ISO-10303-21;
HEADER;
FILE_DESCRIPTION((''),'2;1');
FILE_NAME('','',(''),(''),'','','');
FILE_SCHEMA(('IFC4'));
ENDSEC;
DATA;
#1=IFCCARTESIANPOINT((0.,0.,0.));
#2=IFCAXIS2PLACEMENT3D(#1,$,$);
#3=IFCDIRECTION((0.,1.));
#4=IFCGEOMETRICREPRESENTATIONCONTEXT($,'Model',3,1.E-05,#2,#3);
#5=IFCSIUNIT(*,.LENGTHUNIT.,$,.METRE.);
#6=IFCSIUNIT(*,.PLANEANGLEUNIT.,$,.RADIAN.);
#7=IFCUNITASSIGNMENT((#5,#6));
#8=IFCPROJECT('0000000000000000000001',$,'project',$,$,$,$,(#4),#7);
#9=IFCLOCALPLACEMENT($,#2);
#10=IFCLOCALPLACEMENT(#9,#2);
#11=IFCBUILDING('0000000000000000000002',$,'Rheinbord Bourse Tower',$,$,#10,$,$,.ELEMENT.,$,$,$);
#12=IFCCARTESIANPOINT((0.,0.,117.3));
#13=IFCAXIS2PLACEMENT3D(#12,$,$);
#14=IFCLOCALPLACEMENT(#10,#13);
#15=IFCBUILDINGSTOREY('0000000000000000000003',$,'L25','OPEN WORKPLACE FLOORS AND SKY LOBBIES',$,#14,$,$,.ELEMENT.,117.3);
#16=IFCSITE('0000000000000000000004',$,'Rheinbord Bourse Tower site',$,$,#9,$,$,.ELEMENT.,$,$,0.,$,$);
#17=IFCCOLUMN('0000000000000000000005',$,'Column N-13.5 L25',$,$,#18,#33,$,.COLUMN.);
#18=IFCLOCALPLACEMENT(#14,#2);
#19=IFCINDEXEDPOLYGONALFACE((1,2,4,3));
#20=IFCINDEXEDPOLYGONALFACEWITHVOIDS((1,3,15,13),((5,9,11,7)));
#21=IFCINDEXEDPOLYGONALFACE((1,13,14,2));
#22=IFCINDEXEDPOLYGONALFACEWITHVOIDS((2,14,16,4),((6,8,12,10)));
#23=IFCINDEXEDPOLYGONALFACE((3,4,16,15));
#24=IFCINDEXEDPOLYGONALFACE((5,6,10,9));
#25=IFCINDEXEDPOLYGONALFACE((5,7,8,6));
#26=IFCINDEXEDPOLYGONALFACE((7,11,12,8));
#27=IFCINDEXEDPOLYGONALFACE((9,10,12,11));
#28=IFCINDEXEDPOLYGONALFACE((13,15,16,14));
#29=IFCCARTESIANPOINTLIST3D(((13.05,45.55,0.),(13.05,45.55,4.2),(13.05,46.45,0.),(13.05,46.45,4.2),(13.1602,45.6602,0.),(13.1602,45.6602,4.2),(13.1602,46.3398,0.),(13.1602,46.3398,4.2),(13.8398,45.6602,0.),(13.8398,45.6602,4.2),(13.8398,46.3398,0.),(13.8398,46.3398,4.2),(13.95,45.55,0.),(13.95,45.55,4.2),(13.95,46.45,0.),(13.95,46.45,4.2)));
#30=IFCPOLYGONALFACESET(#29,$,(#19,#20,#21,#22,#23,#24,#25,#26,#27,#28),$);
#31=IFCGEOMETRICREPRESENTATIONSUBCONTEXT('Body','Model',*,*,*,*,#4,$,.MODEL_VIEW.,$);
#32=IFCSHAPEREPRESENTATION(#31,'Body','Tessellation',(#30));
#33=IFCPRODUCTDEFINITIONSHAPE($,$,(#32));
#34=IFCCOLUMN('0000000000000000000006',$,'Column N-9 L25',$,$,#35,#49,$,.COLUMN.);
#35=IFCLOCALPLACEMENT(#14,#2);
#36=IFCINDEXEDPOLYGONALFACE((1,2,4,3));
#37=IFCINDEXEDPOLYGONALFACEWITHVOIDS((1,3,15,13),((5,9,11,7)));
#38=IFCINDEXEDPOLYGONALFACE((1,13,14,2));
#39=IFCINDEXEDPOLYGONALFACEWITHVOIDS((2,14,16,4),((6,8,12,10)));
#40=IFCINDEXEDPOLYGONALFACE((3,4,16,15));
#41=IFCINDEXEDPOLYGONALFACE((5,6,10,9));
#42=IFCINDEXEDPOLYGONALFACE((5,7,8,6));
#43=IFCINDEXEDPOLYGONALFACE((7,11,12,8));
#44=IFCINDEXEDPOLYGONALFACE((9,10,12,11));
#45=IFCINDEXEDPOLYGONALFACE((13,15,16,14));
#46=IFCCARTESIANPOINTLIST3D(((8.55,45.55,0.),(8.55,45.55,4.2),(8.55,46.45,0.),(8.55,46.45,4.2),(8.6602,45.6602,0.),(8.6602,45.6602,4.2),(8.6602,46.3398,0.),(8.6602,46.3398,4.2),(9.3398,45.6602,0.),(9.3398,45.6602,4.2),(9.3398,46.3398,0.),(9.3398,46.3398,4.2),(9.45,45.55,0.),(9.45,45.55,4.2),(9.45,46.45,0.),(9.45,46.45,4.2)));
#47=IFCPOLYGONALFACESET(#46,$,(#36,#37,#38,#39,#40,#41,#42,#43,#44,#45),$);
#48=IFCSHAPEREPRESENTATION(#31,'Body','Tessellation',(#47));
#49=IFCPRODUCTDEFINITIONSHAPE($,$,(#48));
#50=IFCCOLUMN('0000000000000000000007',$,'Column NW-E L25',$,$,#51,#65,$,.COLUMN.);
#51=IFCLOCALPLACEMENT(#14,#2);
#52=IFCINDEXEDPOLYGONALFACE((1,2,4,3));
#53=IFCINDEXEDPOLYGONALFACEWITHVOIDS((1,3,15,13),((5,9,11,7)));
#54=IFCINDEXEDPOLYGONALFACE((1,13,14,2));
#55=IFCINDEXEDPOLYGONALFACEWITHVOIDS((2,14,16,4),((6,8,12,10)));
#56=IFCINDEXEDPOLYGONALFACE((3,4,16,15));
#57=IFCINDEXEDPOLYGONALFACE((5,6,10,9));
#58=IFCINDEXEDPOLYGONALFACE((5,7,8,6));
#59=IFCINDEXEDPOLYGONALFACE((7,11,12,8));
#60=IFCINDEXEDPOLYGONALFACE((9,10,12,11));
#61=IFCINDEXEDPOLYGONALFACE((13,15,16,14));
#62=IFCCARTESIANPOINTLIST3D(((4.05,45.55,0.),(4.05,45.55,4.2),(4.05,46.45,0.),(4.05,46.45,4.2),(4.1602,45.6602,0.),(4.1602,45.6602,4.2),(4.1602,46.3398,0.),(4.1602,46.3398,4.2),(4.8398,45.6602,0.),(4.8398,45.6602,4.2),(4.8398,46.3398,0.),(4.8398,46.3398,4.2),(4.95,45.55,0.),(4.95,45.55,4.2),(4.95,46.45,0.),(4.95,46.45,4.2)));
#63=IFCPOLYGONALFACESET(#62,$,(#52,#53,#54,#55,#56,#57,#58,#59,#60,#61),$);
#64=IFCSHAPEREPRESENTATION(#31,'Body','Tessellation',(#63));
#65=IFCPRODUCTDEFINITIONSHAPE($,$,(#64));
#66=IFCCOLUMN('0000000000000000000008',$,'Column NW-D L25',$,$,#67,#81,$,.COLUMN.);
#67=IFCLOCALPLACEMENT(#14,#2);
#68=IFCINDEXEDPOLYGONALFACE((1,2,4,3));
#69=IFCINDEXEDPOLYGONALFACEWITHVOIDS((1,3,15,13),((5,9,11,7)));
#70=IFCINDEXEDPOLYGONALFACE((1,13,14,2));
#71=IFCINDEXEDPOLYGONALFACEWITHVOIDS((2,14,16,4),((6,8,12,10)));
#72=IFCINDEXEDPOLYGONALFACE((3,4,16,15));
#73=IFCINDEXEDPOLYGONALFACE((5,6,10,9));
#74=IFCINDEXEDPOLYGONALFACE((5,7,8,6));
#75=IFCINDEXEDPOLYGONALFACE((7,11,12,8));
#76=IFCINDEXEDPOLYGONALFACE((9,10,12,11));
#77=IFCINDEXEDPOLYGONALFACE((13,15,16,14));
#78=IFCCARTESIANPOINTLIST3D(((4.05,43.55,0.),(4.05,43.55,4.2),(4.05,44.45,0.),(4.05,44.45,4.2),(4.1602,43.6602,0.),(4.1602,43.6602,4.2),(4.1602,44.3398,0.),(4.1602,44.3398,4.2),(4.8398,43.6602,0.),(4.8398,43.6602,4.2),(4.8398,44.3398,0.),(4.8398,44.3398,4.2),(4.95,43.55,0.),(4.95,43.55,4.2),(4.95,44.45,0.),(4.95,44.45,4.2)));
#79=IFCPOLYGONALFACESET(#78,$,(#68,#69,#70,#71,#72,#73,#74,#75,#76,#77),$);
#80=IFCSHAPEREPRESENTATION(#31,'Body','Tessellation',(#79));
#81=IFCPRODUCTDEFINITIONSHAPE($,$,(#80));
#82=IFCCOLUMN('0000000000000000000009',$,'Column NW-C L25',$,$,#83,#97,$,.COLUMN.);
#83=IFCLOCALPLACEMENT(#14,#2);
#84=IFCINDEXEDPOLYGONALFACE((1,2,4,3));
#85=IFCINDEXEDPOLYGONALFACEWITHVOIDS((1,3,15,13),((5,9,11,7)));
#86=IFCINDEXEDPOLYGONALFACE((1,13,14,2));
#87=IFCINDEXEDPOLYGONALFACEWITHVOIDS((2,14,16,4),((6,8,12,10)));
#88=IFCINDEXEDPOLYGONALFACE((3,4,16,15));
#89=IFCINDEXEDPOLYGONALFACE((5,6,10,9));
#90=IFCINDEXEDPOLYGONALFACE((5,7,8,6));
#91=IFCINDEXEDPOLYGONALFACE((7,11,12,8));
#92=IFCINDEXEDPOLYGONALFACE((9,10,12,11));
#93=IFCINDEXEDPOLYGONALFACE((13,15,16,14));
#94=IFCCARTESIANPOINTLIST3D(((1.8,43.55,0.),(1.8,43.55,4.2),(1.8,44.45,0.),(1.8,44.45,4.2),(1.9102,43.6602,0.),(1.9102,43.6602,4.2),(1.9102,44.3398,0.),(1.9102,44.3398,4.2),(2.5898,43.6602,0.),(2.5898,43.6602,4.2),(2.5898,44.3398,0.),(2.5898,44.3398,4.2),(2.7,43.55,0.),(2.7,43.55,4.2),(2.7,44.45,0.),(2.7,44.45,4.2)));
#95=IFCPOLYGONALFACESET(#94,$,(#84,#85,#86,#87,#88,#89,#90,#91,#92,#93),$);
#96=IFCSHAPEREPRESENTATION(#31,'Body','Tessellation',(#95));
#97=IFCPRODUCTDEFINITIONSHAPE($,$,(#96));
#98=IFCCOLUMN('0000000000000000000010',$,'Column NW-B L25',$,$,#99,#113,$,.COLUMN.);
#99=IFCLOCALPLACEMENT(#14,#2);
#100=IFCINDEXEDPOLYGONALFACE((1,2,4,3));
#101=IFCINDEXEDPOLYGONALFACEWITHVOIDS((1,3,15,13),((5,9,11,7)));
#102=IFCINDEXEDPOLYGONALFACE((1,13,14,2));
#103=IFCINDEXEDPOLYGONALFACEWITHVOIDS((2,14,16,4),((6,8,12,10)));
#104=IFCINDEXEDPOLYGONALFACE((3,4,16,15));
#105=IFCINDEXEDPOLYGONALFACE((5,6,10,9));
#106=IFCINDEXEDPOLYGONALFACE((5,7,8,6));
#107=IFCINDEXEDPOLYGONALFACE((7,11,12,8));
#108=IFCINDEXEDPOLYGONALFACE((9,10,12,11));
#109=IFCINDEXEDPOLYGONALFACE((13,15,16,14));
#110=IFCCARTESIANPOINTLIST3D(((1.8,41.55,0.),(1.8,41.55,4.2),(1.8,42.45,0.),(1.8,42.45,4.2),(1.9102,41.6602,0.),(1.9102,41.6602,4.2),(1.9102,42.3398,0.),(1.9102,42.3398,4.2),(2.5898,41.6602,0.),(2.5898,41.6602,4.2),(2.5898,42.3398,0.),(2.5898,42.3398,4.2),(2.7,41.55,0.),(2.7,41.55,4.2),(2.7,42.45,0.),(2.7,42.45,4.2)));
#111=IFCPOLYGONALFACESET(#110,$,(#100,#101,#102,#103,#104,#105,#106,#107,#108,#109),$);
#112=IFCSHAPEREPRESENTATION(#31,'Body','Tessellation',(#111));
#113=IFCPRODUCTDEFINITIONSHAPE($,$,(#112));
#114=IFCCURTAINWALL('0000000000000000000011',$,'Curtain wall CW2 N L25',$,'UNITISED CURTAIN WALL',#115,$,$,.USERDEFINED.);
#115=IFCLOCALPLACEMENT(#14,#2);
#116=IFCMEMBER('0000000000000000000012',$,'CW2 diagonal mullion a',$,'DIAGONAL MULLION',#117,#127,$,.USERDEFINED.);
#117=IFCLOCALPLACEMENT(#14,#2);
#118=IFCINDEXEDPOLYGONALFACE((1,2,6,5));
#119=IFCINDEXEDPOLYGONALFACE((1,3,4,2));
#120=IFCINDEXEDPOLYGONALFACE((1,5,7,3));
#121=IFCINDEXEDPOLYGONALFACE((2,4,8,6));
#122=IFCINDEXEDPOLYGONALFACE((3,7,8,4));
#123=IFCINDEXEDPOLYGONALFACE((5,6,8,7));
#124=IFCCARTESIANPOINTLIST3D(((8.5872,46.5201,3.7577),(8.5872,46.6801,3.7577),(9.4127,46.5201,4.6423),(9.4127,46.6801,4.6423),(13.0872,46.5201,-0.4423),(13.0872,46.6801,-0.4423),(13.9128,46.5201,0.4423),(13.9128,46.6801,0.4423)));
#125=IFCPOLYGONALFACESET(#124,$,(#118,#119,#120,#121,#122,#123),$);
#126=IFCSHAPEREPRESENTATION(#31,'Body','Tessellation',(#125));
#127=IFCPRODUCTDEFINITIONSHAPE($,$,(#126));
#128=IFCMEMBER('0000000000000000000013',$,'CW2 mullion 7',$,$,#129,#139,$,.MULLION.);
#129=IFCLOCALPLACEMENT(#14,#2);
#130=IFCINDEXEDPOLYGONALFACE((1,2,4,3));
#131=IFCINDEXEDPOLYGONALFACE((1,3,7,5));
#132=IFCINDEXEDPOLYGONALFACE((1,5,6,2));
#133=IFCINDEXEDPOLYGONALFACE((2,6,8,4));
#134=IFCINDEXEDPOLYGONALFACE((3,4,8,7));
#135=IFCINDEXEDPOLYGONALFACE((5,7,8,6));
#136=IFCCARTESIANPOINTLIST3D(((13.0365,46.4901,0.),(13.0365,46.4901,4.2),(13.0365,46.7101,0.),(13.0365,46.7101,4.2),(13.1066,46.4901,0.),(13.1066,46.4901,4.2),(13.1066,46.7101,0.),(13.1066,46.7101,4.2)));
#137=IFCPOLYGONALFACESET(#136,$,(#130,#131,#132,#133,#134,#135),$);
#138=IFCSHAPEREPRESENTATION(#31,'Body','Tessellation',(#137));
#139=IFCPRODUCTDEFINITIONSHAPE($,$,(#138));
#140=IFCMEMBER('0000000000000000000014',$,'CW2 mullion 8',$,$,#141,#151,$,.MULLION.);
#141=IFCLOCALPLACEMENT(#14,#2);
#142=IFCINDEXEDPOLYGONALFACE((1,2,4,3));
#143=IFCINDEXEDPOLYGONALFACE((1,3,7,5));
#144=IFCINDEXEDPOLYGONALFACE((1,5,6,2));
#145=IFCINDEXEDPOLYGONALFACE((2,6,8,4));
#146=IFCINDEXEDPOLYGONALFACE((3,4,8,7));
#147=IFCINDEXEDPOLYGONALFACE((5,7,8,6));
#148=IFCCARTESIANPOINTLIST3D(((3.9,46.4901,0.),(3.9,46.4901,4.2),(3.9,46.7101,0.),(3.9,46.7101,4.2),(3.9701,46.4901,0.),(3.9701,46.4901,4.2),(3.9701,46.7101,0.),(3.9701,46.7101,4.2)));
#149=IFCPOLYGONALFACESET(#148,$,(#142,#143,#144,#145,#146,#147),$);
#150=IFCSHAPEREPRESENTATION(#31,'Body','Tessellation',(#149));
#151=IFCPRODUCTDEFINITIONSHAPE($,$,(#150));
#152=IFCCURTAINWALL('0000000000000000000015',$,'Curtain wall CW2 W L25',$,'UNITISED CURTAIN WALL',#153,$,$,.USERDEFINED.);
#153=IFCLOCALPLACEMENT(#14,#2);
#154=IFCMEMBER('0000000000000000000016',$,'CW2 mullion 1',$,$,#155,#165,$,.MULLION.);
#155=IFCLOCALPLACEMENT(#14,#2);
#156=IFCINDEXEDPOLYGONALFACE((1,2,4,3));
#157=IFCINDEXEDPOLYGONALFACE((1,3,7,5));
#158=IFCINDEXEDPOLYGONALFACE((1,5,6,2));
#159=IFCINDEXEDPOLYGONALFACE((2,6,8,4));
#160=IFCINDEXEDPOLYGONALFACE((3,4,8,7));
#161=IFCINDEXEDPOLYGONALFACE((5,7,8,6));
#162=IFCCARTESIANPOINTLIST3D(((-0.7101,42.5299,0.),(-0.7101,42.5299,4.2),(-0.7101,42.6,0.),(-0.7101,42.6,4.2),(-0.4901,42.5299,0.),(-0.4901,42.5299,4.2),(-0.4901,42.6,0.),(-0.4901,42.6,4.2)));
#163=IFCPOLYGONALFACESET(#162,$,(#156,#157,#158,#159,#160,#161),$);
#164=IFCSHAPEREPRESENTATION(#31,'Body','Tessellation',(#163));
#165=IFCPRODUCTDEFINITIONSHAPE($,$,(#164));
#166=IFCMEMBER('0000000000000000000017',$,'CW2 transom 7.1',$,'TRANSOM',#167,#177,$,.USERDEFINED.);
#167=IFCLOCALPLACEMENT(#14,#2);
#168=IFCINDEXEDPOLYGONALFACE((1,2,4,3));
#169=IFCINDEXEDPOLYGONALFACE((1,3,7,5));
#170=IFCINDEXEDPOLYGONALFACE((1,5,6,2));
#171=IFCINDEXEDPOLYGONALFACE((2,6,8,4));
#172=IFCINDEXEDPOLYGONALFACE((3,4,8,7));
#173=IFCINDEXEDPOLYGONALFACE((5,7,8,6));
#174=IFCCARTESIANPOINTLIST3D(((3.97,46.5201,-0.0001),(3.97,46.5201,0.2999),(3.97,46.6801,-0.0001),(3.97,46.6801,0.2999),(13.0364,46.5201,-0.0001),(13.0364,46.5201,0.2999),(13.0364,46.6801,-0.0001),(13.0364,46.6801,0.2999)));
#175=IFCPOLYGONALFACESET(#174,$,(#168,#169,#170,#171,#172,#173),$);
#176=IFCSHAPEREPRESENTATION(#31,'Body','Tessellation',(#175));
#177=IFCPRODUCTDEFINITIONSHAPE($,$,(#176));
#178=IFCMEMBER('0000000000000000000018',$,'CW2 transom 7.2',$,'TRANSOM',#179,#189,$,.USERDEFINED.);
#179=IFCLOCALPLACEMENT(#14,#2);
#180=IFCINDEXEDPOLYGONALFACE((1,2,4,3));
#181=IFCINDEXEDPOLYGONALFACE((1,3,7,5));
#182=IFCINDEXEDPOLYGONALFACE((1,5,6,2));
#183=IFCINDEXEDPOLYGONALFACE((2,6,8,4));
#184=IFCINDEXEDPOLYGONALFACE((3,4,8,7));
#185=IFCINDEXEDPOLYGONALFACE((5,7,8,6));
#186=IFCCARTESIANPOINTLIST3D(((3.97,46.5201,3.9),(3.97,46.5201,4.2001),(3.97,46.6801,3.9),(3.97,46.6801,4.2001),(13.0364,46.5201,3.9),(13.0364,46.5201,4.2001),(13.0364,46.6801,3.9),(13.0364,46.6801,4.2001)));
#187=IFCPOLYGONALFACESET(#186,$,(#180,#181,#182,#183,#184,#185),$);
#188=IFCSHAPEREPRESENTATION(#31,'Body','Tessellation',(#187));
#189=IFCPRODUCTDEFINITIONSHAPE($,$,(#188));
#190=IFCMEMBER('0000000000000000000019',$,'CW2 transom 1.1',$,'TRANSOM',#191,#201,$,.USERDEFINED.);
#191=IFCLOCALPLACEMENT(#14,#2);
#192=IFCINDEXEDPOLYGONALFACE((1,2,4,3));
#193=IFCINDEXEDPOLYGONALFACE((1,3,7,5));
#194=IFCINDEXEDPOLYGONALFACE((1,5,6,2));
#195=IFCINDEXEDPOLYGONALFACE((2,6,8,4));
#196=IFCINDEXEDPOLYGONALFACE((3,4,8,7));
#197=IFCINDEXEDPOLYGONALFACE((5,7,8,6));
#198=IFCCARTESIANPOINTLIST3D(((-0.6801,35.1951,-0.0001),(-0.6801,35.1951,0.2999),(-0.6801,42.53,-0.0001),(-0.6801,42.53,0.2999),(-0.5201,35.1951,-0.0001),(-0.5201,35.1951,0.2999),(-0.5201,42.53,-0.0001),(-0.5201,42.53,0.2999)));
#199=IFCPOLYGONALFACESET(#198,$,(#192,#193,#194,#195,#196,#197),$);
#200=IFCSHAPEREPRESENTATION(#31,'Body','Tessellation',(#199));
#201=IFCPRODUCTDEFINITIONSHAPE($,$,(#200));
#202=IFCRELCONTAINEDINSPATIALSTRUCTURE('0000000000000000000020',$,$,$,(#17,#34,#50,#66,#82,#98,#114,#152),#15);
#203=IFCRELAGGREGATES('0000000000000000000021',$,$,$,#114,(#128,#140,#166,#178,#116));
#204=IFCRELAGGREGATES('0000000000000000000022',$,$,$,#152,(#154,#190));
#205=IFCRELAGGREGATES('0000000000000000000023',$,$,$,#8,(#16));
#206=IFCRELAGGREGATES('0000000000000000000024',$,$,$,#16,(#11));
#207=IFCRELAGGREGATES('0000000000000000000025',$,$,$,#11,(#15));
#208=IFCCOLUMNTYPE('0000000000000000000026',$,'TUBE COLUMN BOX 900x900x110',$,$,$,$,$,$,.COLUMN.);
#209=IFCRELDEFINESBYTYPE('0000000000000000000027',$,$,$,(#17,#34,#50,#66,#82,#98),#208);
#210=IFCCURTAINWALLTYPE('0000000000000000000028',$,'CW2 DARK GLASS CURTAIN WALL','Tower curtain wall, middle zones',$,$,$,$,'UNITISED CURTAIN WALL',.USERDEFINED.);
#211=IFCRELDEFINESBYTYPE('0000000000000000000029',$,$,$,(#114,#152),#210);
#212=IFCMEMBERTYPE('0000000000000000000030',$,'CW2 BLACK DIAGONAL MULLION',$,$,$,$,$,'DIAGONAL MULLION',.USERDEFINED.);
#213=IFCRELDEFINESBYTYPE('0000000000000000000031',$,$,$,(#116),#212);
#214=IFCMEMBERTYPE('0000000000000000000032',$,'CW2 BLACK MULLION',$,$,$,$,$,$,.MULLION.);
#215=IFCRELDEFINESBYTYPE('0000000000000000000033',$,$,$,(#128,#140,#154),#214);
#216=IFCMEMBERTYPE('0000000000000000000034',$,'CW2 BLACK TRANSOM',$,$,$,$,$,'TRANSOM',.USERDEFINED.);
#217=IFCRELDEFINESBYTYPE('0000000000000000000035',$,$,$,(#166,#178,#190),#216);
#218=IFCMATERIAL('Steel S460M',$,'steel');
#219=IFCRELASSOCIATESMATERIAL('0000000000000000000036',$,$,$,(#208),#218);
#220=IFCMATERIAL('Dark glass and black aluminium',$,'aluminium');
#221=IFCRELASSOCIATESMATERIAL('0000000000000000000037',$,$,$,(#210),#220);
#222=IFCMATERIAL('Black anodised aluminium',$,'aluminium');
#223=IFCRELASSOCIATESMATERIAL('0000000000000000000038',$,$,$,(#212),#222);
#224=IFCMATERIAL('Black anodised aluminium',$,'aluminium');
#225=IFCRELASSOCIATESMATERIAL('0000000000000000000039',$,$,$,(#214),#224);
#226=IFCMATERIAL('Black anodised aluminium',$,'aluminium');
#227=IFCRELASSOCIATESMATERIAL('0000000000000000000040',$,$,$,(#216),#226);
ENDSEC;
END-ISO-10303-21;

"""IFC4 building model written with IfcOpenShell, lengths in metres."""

from ifc_helpers import new_model, si_unit, direction, frame, origin, origin_2d, place, context, subcontext, project, spatial, rectangle, hollow_rectangle, extrude, material, material_profile, profile_set, type_object, element, aggregate, save


model = new_model("IFC4")

# Units and contexts
model_context = context("Model", 3, precision=1e-05, world=origin(), true_north=direction((0.0, 1.0)))
body_context = subcontext(model_context, "Body", "Model", "MODEL_VIEW")
ifc_project = project(units=[si_unit("LENGTHUNIT", "METRE"), si_unit("PLANEANGLEUNIT", "RADIAN")], contexts=[model_context])

# Site, building, storey
site_placement = place(None, origin())
site = spatial("IfcSite", under=ifc_project, at=site_placement, Name="Rheinbord Bourse Tower site", CompositionType="ELEMENT", RefElevation=0.0)
building_placement = place(site_placement, origin())
building = spatial("IfcBuilding", under=site, at=building_placement, Name="Rheinbord Bourse Tower", CompositionType="ELEMENT")
storey_placement = place(building_placement, frame((0.0, 0.0, 117.3)))
storey = spatial("IfcBuildingStorey", under=building, at=storey_placement, Name="L25", Description="OPEN WORKPLACE FLOORS AND SKY LOBBIES", CompositionType="ELEMENT", Elevation=117.3)

# Columns
ifc_material_1 = material(Name="Steel S460M", Category="steel")
ifc_material_profile_1 = material_profile(ifc_material_1, hollow_rectangle(XDim=0.8999, YDim=0.8999, WallThickness=0.1101, at=origin_2d()), Name="BOX 900x900x110")
ifc_profile_set_1 = profile_set([ifc_material_profile_1], Name="Steel S460M")
column_type = type_object("IfcColumnType", Name="TUBE COLUMN BOX 900x900x110", PredefinedType="COLUMN", material=ifc_profile_set_1)
for number, where, z_axis, x_axis, name in (
    (1, (13.5, 46.0, 0.0), (0.0, 0.0, 1.0), (0.0, 1.0, 0.0), "Column N-13.5 L25"),
    (2, (9.0, 46.0, 0.0), (0.0, 0.0, 1.0), (0.0, 1.0, 0.0), "Column N-9 L25"),
    (3, (4.5, 46.0, 0.0), (0.0, 0.0, 1.0), (0.0, 1.0, 0.0), "Column NW-E L25"),
    (4, (4.5, 44.0, 0.0), (0.0, 0.0, 1.0), (0.0, 1.0, 0.0), "Column NW-D L25"),
    (5, (2.25, 44.0, 0.0), (0.0, 0.0, 1.0), (1.0, 0.0, 0.0), "Column NW-C L25"),
    (6, (2.25, 42.0, 0.0), (0.0, 0.0, 1.0), (1.0, 0.0, 0.0), "Column NW-B L25"),
):
    element("IfcColumn", number, at=place(storey_placement, frame(where, z_axis=z_axis, x_axis=x_axis)), inside=storey, type_object=column_type, Name=name, PredefinedType="COLUMN", context=body_context, shape_type="SweptSolid", body=[
        extrude(hollow_rectangle(XDim=0.8999, YDim=0.8999, WallThickness=0.1101, at=origin_2d()), origin(), (0.0, 0.0, 1.0), 4.2),
    ])

# Curtain wall, members
ifc_material_2 = material(Name="Dark glass and black aluminium", Category="aluminium")
curtain_wall_type = type_object("IfcCurtainWallType", Name="CW2 DARK GLASS CURTAIN WALL", Description="Tower curtain wall, middle zones", ElementType="UNITISED CURTAIN WALL", PredefinedType="USERDEFINED", material=ifc_material_2)
curtain_wall_1_placement = place(storey_placement, origin())
curtain_wall_1 = element("IfcCurtainWall", 7, at=curtain_wall_1_placement, inside=storey, type_object=curtain_wall_type, Name="Curtain wall CW2 N L25", ObjectType="UNITISED CURTAIN WALL", PredefinedType="USERDEFINED")
ifc_material_3 = material(Name="Black anodised aluminium", Category="aluminium")
ifc_material_profile_2 = material_profile(ifc_material_3, rectangle(XDim=0.1599, YDim=1.21, at=origin_2d()), Name="CW2 DIAGONAL MULLION 1210x160")
ifc_profile_set_2 = profile_set([ifc_material_profile_2], Name="Black anodised aluminium")
member_type_1 = type_object("IfcMemberType", Name="CW2 BLACK DIAGONAL MULLION", ElementType="DIAGONAL MULLION", PredefinedType="USERDEFINED", material=ifc_profile_set_2)
member_1_placement = place(storey_placement, frame((13.5, 46.6001, 0.0), z_axis=(-0.731059, 0.0, 0.682314), x_axis=(0.0, -1.0, 0.0)))
member_1 = element("IfcMember", 8, at=member_1_placement, type_object=member_type_1, Name="CW2 diagonal mullion a", ObjectType="DIAGONAL MULLION", PredefinedType="USERDEFINED", context=body_context, shape_type="SweptSolid", body=[
    extrude(rectangle(XDim=0.1599, YDim=1.21, at=origin_2d()), origin(), (0.0, 0.0, 1.0), 6.1555),
])
ifc_material_4 = material(Name="Black anodised aluminium", Category="aluminium")
ifc_material_profile_3 = material_profile(ifc_material_4, rectangle(XDim=0.22, YDim=0.0701, at=origin_2d()), Name="CW2 MULLION 70x220")
ifc_profile_set_3 = profile_set([ifc_material_profile_3], Name="Black anodised aluminium")
member_type_2 = type_object("IfcMemberType", Name="CW2 BLACK MULLION", PredefinedType="MULLION", material=ifc_profile_set_3)
member_2_placement = place(storey_placement, frame((13.0715, 46.6001, 0.0), z_axis=(0.0, 0.0, 1.0), x_axis=(0.0, -1.0, 0.0)))
member_2 = element("IfcMember", 9, at=member_2_placement, type_object=member_type_2, Name="CW2 mullion 7", PredefinedType="MULLION", context=body_context, shape_type="SweptSolid", body=[
    extrude(rectangle(XDim=0.22, YDim=0.0701, at=origin_2d()), origin(), (0.0, 0.0, 1.0), 4.2),
])
member_3_placement = place(storey_placement, frame((3.9351, 46.6001, 0.0), z_axis=(0.0, 0.0, 1.0), x_axis=(0.0, -1.0, 0.0)))
member_3 = element("IfcMember", 10, at=member_3_placement, type_object=member_type_2, Name="CW2 mullion 8", PredefinedType="MULLION", context=body_context, shape_type="SweptSolid", body=[
    extrude(rectangle(XDim=0.22, YDim=0.0701, at=origin_2d()), origin(), (0.0, 0.0, 1.0), 4.2),
])

# Curtain wall, member
curtain_wall_2_placement = place(storey_placement, origin())
curtain_wall_2 = element("IfcCurtainWall", 11, at=curtain_wall_2_placement, inside=storey, type_object=curtain_wall_type, Name="Curtain wall CW2 W L25", ObjectType="UNITISED CURTAIN WALL", PredefinedType="USERDEFINED")
member_4_placement = place(storey_placement, frame((-0.6001, 42.5649, 0.0), z_axis=(0.0, 0.0, 1.0), x_axis=(1.0, 0.0, 0.0)))
member_4 = element("IfcMember", 12, at=member_4_placement, type_object=member_type_2, Name="CW2 mullion 1", PredefinedType="MULLION", context=body_context, shape_type="SweptSolid", body=[
    extrude(rectangle(XDim=0.22, YDim=0.0701, at=origin_2d()), origin(), (0.0, 0.0, 1.0), 4.2),
])

# Members
ifc_material_5 = material(Name="Black anodised aluminium", Category="aluminium")
ifc_material_profile_4 = material_profile(ifc_material_5, rectangle(XDim=0.1599, YDim=0.3, at=origin_2d()), Name="CW2 TRANSOM 300x160")
ifc_profile_set_4 = profile_set([ifc_material_profile_4], Name="Black anodised aluminium")
member_type_3 = type_object("IfcMemberType", Name="CW2 BLACK TRANSOM", ElementType="TRANSOM", PredefinedType="USERDEFINED", material=ifc_profile_set_4)
member_5_placement = place(storey_placement, frame((13.0364, 46.6001, 0.1499), z_axis=(-1.0, 0.0, 0.0), x_axis=(0.0, -1.0, 0.0)))
member_5 = element("IfcMember", 13, at=member_5_placement, type_object=member_type_3, Name="CW2 transom 7.1", ObjectType="TRANSOM", PredefinedType="USERDEFINED", context=body_context, shape_type="SweptSolid", body=[
    extrude(rectangle(XDim=0.1599, YDim=0.3, at=origin_2d()), origin(), (0.0, 0.0, 1.0), 9.0664),
])
member_6_placement = place(storey_placement, frame((13.0364, 46.6001, 4.05), z_axis=(-1.0, 0.0, 0.0), x_axis=(0.0, -1.0, 0.0)))
member_6 = element("IfcMember", 14, at=member_6_placement, type_object=member_type_3, Name="CW2 transom 7.2", ObjectType="TRANSOM", PredefinedType="USERDEFINED", context=body_context, shape_type="SweptSolid", body=[
    extrude(rectangle(XDim=0.1599, YDim=0.3, at=origin_2d()), origin(), (0.0, 0.0, 1.0), 9.0664),
])
member_7_placement = place(storey_placement, frame((-0.6001, 42.53, 0.1499), z_axis=(0.0, -1.0, 0.0), x_axis=(1.0, 0.0, 0.0)))
member_7 = element("IfcMember", 15, at=member_7_placement, type_object=member_type_3, Name="CW2 transom 1.1", ObjectType="TRANSOM", PredefinedType="USERDEFINED", context=body_context, shape_type="SweptSolid", body=[
    extrude(rectangle(XDim=0.1599, YDim=0.3, at=origin_2d()), origin(), (0.0, 0.0, 1.0), 7.335),
])

aggregate(curtain_wall_1, [member_2, member_3, member_5, member_6, member_1])
aggregate(curtain_wall_2, [member_4, member_7])

save(model, "model.ifc")
